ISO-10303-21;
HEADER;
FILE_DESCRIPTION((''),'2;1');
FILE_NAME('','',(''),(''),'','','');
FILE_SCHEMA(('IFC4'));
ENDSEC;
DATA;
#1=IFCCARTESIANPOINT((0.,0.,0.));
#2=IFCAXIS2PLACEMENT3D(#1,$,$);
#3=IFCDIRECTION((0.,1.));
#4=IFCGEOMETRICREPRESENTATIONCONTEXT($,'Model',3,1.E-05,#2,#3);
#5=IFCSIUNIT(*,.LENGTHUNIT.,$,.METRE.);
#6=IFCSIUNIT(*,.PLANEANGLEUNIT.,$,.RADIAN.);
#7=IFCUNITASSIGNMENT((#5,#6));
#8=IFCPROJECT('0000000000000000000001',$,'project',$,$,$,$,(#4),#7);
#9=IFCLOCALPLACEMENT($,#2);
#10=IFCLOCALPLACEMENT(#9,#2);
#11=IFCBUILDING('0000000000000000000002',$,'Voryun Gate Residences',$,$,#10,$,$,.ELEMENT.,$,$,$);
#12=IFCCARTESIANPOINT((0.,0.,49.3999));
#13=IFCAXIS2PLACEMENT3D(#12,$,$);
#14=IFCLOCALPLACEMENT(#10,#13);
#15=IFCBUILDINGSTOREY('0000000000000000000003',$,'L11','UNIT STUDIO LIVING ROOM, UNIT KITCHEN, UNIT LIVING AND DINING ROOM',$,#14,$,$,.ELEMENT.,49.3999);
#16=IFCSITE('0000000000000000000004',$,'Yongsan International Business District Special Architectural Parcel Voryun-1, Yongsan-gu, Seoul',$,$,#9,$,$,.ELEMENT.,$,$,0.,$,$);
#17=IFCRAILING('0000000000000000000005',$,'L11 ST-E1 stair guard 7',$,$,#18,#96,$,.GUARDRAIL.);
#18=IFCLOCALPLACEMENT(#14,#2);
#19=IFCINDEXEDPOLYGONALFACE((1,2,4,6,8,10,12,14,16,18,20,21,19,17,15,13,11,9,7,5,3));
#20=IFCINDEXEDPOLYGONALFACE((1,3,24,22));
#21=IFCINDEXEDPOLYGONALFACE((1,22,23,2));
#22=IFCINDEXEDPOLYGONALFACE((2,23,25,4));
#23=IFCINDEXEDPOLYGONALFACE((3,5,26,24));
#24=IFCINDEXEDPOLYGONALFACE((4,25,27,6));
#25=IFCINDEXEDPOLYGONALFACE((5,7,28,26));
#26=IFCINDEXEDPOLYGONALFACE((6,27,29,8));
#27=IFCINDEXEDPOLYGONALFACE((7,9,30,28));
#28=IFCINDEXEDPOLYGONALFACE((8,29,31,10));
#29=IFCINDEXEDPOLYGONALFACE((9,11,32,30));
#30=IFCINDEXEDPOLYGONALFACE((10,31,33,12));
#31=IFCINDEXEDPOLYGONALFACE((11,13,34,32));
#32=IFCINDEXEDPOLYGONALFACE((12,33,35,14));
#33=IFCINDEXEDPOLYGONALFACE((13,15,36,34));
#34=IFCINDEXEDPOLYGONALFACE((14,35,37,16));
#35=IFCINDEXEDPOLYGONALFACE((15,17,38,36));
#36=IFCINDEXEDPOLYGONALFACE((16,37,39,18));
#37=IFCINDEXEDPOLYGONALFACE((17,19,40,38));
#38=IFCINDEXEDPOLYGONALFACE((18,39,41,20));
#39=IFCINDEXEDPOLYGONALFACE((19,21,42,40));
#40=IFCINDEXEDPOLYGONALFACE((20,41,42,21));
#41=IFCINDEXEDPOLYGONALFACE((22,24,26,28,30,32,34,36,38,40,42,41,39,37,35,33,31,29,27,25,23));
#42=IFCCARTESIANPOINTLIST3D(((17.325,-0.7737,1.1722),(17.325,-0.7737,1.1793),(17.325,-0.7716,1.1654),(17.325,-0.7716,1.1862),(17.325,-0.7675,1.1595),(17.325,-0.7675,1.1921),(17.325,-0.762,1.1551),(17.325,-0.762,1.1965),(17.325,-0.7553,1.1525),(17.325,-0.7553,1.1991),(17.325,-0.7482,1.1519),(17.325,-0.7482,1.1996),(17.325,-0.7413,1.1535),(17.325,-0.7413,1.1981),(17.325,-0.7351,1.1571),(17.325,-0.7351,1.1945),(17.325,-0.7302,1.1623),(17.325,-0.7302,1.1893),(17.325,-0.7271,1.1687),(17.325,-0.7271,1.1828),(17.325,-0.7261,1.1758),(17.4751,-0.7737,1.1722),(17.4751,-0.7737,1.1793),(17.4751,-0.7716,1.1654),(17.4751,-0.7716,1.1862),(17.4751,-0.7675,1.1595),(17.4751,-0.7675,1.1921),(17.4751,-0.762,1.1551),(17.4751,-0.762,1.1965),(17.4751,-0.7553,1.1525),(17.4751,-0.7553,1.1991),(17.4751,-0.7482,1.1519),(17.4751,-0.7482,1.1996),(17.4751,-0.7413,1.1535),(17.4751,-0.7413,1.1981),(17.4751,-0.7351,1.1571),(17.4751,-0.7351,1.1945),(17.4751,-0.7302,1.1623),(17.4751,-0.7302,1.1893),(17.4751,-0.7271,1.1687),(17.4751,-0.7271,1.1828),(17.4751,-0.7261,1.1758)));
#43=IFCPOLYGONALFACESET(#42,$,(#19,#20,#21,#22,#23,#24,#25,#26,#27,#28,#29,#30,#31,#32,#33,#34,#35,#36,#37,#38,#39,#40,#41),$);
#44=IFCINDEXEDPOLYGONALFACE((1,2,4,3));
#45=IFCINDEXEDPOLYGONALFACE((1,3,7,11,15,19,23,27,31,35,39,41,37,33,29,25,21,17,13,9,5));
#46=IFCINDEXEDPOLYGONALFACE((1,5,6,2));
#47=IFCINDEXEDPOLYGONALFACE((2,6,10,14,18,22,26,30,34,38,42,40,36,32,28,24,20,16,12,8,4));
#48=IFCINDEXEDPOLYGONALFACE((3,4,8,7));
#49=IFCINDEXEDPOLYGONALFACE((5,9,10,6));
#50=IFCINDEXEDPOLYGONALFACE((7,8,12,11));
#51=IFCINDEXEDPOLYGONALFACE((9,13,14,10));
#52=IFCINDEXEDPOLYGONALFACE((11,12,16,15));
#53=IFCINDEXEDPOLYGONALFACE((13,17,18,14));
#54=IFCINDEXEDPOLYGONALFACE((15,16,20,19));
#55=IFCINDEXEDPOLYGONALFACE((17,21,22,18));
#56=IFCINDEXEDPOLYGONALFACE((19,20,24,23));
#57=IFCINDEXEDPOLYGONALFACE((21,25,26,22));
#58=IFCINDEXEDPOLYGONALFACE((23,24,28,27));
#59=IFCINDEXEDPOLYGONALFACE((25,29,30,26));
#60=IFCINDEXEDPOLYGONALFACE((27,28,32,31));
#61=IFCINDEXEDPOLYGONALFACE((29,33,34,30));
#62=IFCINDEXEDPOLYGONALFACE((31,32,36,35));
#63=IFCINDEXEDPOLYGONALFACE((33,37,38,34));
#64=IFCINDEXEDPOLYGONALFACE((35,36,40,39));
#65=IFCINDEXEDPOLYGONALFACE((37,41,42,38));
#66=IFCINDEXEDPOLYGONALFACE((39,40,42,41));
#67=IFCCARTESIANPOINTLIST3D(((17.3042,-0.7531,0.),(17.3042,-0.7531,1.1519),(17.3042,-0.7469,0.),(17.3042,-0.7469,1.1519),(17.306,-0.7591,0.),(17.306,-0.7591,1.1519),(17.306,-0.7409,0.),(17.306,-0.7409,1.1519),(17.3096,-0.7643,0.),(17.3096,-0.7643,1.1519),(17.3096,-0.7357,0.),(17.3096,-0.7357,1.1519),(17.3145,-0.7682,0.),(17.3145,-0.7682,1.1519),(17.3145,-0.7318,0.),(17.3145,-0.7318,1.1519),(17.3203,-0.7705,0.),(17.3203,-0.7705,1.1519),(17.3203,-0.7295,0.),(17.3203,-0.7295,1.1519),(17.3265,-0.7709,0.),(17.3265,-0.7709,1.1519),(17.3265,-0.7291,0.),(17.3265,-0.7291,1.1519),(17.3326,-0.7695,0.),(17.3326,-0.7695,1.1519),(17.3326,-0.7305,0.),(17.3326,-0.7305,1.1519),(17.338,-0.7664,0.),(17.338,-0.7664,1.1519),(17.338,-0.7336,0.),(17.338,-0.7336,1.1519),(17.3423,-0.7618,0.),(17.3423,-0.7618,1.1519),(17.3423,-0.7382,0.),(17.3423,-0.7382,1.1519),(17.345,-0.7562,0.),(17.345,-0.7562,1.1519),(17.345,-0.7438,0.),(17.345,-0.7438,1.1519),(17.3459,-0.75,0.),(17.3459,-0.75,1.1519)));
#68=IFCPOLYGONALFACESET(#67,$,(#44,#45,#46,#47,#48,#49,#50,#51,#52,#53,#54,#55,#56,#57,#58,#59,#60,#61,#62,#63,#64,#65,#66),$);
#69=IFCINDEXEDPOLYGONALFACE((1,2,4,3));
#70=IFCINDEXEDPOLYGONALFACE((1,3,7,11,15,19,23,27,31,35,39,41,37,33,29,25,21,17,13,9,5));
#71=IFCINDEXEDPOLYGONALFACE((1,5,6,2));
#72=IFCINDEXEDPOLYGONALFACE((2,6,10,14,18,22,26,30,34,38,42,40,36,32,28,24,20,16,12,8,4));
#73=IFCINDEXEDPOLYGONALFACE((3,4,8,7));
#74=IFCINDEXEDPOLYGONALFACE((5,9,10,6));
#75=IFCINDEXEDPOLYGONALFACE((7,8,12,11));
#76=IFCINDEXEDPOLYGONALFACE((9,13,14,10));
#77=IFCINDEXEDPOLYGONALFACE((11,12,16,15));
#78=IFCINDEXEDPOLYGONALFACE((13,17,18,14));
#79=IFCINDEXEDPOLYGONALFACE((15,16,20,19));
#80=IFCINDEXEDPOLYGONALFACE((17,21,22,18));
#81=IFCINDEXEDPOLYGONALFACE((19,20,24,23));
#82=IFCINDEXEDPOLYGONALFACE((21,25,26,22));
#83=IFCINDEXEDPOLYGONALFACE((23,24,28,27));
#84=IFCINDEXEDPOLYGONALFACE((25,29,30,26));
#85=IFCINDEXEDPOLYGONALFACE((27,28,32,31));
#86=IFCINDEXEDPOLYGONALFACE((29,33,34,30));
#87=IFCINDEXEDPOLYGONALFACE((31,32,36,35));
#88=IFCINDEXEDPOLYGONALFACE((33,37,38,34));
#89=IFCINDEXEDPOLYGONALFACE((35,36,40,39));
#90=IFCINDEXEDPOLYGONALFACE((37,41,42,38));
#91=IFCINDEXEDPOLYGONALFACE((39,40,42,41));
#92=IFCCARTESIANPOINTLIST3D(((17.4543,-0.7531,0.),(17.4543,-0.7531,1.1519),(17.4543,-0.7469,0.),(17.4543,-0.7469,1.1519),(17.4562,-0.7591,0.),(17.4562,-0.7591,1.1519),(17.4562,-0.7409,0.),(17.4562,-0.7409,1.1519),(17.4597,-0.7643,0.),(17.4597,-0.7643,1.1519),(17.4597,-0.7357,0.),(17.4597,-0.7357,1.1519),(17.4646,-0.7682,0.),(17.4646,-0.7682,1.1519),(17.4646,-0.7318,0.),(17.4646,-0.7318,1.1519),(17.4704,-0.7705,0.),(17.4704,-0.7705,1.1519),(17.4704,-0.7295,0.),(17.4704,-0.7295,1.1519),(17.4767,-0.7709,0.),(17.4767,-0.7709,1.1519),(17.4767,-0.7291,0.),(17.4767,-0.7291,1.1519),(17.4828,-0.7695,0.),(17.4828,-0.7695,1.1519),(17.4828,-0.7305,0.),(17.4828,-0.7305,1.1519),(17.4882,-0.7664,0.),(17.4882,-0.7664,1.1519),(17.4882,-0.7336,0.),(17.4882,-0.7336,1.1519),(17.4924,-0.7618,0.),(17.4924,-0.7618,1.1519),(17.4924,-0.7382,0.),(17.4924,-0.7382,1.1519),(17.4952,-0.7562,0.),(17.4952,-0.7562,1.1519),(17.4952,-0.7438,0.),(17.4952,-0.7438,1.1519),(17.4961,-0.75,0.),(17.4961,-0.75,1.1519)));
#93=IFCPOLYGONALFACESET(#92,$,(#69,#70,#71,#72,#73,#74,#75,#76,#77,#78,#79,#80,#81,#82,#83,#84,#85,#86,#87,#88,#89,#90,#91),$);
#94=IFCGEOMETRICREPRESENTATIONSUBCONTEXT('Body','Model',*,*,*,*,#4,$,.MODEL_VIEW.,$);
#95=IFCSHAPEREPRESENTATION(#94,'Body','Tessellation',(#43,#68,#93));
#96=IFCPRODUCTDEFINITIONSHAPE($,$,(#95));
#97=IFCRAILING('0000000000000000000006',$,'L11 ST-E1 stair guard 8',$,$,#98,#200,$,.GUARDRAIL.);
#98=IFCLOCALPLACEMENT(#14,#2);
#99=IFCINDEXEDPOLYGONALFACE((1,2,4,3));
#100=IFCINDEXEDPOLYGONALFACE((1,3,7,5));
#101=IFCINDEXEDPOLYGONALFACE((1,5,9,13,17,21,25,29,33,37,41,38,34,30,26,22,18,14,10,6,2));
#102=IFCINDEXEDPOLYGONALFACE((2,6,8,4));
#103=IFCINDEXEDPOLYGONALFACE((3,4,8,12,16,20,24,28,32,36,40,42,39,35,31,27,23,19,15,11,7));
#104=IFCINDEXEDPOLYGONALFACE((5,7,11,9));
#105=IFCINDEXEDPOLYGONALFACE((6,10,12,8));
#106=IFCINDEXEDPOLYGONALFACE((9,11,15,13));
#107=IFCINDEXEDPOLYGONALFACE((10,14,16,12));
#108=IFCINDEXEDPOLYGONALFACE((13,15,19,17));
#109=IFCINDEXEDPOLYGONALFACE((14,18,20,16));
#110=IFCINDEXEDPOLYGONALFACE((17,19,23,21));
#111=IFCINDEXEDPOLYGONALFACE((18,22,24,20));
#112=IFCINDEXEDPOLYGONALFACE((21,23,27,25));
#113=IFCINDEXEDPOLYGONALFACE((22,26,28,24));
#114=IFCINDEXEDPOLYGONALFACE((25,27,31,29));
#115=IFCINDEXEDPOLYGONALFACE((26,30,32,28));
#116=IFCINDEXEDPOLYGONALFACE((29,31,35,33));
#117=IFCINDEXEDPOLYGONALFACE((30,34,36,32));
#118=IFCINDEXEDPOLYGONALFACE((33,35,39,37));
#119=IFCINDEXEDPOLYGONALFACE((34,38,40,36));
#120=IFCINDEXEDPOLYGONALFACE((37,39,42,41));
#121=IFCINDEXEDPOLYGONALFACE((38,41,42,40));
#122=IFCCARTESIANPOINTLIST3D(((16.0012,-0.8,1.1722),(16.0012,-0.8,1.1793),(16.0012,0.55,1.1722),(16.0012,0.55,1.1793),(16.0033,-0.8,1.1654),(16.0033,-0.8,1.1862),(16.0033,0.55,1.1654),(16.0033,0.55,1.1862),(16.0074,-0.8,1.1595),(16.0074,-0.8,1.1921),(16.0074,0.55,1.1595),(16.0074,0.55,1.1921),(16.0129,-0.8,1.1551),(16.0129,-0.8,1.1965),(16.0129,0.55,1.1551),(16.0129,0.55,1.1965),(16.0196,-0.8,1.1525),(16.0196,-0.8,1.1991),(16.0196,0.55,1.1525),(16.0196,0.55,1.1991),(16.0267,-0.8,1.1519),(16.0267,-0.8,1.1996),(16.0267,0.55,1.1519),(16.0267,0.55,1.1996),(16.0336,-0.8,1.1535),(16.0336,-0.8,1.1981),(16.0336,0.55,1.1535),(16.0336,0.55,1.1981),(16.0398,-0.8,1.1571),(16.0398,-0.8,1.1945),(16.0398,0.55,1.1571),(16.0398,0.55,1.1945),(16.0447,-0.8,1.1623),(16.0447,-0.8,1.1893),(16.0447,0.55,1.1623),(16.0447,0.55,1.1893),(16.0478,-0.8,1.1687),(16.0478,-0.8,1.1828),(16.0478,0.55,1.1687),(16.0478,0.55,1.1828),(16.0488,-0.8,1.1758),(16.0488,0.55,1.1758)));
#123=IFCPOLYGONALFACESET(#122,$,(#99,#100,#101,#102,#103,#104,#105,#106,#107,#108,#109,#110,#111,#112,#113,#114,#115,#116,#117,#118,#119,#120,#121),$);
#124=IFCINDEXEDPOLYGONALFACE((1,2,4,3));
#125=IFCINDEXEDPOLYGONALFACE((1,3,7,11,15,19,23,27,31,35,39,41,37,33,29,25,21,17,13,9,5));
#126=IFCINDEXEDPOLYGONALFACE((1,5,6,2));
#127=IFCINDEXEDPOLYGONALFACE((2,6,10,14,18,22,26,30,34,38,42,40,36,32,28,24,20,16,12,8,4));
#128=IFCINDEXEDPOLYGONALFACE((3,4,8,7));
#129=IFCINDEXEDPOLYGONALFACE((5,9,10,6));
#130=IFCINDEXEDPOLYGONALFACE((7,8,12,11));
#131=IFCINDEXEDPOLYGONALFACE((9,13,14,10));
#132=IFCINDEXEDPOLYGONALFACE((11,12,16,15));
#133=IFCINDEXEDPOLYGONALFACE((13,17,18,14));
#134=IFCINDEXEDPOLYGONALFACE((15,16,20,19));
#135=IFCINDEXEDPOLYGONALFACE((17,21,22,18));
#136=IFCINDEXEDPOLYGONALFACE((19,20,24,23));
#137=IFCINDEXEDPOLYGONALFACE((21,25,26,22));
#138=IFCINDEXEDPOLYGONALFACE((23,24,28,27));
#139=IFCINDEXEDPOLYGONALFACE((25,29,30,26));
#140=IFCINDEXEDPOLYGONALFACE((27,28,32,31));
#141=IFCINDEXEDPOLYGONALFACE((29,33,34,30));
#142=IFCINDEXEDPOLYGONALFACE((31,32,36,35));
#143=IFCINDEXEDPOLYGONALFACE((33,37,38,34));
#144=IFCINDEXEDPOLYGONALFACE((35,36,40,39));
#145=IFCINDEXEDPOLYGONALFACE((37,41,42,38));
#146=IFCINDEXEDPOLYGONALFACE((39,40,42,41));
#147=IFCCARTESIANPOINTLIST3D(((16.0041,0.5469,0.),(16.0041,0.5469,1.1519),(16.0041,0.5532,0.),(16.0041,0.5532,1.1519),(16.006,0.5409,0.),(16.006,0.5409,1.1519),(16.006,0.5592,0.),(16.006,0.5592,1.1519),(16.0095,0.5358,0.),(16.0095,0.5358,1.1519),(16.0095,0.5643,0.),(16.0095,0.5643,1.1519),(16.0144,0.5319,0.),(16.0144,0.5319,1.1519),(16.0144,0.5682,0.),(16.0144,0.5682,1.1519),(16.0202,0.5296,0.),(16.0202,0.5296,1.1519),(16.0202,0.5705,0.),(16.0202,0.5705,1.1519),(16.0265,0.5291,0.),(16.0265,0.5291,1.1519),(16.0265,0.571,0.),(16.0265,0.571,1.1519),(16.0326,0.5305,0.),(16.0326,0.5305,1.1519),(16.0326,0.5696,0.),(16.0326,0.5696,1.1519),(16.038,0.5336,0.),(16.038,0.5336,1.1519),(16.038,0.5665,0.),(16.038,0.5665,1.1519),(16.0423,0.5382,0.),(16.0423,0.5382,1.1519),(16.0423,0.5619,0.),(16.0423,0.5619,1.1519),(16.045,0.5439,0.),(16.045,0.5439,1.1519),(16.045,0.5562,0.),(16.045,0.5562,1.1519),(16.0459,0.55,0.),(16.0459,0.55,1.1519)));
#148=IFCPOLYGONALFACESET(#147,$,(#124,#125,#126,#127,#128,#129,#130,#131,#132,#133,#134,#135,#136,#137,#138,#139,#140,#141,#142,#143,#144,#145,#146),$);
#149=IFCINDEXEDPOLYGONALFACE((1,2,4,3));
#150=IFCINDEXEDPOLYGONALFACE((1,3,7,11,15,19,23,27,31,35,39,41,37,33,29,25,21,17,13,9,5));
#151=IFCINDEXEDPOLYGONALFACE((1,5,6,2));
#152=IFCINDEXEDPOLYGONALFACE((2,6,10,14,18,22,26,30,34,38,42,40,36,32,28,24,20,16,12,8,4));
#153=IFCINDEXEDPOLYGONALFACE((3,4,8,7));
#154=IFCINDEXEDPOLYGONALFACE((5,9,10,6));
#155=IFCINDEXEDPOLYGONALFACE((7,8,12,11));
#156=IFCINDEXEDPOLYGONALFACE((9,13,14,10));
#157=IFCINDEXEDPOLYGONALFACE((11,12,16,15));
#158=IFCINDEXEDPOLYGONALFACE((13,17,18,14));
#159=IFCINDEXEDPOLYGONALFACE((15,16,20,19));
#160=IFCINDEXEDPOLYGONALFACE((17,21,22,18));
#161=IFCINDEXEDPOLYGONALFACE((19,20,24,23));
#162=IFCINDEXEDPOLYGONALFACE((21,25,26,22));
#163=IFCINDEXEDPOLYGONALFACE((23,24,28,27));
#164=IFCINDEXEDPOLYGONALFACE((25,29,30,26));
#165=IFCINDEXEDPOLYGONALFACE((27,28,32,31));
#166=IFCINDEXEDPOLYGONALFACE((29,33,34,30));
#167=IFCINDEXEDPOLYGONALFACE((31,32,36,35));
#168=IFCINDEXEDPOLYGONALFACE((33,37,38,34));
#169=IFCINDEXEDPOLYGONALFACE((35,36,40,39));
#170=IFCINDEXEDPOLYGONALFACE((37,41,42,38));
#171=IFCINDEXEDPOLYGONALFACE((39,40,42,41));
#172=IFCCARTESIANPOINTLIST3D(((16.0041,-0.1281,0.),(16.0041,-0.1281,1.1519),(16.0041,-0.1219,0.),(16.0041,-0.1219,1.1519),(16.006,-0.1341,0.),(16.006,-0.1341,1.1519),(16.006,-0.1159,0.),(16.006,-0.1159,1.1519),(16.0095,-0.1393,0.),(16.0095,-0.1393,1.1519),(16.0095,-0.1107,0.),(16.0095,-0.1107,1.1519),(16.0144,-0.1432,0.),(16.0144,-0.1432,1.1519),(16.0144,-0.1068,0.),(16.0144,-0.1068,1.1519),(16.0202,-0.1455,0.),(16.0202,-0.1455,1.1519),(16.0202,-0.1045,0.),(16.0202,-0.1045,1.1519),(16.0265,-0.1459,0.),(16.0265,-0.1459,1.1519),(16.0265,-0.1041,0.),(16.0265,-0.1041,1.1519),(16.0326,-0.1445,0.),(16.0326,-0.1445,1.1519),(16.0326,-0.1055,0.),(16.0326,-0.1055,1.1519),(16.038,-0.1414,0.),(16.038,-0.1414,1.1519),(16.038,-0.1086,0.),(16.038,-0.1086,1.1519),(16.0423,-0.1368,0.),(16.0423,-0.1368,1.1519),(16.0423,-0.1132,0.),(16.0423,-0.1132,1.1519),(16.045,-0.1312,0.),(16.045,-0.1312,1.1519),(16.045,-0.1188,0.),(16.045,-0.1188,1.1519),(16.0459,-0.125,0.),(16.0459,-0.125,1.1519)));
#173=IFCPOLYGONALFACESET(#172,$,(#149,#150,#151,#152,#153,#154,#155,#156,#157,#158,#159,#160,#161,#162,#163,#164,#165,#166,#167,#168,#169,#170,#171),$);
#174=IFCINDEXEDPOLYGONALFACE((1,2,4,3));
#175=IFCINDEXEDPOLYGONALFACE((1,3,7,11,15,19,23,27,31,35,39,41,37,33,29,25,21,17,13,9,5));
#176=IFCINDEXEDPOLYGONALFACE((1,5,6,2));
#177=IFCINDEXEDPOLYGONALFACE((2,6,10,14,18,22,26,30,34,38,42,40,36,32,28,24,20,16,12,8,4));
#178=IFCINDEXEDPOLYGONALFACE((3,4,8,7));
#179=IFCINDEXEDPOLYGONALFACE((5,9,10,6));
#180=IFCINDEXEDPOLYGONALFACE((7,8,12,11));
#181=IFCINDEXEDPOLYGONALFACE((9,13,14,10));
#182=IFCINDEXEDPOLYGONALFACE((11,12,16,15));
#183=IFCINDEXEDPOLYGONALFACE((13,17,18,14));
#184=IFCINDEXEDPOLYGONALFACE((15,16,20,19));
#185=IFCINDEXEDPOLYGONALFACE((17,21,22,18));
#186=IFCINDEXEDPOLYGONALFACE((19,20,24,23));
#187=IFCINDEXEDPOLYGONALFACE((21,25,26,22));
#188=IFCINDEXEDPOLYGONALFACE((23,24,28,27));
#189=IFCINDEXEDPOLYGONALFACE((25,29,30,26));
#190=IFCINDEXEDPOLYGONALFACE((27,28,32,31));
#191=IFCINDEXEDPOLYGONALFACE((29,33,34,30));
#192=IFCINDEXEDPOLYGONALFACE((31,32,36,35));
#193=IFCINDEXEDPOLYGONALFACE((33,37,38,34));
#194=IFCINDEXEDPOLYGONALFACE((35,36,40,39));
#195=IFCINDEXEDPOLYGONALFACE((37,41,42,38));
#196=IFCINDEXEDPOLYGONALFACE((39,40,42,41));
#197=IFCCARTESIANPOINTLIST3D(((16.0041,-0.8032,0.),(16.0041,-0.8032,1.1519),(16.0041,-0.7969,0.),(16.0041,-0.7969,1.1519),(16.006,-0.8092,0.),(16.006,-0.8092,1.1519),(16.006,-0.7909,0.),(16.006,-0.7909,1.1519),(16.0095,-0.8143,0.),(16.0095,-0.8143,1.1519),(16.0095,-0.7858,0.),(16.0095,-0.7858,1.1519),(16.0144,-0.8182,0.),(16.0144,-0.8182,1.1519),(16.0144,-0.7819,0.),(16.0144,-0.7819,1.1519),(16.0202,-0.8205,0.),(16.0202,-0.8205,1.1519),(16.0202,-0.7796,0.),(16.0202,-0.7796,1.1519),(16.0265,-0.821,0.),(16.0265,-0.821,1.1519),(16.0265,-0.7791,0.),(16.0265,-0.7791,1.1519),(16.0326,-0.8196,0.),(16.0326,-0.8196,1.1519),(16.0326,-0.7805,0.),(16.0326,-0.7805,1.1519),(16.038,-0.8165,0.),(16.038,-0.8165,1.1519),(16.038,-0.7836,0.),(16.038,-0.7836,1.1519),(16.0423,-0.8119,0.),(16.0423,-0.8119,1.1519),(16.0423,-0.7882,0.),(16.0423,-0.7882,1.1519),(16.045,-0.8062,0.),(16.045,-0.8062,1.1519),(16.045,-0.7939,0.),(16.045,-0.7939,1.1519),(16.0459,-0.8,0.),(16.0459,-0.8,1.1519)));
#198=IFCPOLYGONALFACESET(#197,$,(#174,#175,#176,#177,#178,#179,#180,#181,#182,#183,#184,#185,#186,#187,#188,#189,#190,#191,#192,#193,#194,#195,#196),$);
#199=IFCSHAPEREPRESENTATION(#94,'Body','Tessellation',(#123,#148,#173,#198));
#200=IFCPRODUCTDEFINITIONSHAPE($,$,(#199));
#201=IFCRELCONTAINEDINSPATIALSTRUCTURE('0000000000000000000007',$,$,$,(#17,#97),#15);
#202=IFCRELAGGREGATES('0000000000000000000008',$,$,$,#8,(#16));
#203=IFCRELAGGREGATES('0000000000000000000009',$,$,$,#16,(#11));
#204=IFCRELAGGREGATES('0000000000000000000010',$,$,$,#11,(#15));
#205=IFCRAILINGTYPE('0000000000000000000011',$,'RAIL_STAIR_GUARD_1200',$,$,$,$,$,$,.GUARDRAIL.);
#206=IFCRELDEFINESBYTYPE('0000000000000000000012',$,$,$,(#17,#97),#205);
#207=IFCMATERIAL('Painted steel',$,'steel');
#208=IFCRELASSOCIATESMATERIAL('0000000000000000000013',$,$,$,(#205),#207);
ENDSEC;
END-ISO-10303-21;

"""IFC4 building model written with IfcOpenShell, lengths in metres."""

from ifc_helpers import new_model, si_unit, direction, frame, origin, origin_2d, place, context, subcontext, project, spatial, circle, extrude, material, type_object, element, save


model = new_model("IFC4")

# Units and contexts
model_context = context("Model", 3, precision=1e-05, world=origin(), true_north=direction((0.0, 1.0)))
body_context = subcontext(model_context, "Body", "Model", "MODEL_VIEW")
ifc_project = project(units=[si_unit("LENGTHUNIT", "METRE"), si_unit("PLANEANGLEUNIT", "RADIAN")], contexts=[model_context])

# Site, building, storey
site_placement = place(None, origin())
site = spatial("IfcSite", under=ifc_project, at=site_placement, Name="Yongsan International Business District Special Architectural Parcel Voryun-1, Yongsan-gu, Seoul", CompositionType="ELEMENT", RefElevation=0.0)
building_placement = place(site_placement, origin())
building = spatial("IfcBuilding", under=site, at=building_placement, Name="Voryun Gate Residences", CompositionType="ELEMENT")
storey_placement = place(building_placement, frame((0.0, 0.0, 49.3999)))
storey = spatial("IfcBuildingStorey", under=building, at=storey_placement, Name="L11", Description="UNIT STUDIO LIVING ROOM, UNIT KITCHEN, UNIT LIVING AND DINING ROOM", CompositionType="ELEMENT", Elevation=49.3999)

# Railings
ifc_material_1 = material(Name="Painted steel", Category="steel")
railing_type = type_object("IfcRailingType", Name="RAIL_STAIR_GUARD_1200", PredefinedType="GUARDRAIL", material=ifc_material_1)
railing_1_placement = place(storey_placement, frame((17.325, -0.75, 0.0)))
element("IfcRailing", 1, at=railing_1_placement, inside=storey, type_object=railing_type, Name="L11 ST-E1 stair guard 7", PredefinedType="GUARDRAIL", context=body_context, shape_type="SweptSolid", body=[
    extrude(circle(Radius=0.0239, at=origin_2d()), frame((0.0, 0.0, 1.1758), z_axis=(1.0, 0.0, 0.0), x_axis=(0.0, 1.0, 0.0)), (0.0, 0.0, 1.0), 0.1501),
    extrude(circle(Radius=0.021, at=origin_2d()), origin(), (0.0, 0.0, 1.0), 1.1519),
    extrude(circle(Radius=0.021, at=origin_2d()), frame((0.1501, 0.0, 0.0)), (0.0, 0.0, 1.0), 1.1519),
])
for number, where, name in (
    (2, (16.0249, 0.55, 0.0), "L11 ST-E1 stair guard 8"),
):
    element("IfcRailing", number, at=place(storey_placement, frame(where)), inside=storey, type_object=railing_type, Name=name, PredefinedType="GUARDRAIL", context=body_context, shape_type="SweptSolid", body=[
        extrude(circle(Radius=0.0239, at=origin_2d()), frame((0.0, 0.0, 1.1758), z_axis=(0.0, -1.0, 0.0), x_axis=(1.0, 0.0, 0.0)), (0.0, 0.0, 1.0), 1.3501),
        extrude(circle(Radius=0.021, at=origin_2d()), origin(), (0.0, 0.0, 1.0), 1.1519),
        extrude(circle(Radius=0.021, at=origin_2d()), frame((0.0, -0.675, 0.0)), (0.0, 0.0, 1.0), 1.1519),
        extrude(circle(Radius=0.021, at=origin_2d()), frame((0.0, -1.3501, 0.0)), (0.0, 0.0, 1.0), 1.1519),
    ])

save(model, "model.ifc")
